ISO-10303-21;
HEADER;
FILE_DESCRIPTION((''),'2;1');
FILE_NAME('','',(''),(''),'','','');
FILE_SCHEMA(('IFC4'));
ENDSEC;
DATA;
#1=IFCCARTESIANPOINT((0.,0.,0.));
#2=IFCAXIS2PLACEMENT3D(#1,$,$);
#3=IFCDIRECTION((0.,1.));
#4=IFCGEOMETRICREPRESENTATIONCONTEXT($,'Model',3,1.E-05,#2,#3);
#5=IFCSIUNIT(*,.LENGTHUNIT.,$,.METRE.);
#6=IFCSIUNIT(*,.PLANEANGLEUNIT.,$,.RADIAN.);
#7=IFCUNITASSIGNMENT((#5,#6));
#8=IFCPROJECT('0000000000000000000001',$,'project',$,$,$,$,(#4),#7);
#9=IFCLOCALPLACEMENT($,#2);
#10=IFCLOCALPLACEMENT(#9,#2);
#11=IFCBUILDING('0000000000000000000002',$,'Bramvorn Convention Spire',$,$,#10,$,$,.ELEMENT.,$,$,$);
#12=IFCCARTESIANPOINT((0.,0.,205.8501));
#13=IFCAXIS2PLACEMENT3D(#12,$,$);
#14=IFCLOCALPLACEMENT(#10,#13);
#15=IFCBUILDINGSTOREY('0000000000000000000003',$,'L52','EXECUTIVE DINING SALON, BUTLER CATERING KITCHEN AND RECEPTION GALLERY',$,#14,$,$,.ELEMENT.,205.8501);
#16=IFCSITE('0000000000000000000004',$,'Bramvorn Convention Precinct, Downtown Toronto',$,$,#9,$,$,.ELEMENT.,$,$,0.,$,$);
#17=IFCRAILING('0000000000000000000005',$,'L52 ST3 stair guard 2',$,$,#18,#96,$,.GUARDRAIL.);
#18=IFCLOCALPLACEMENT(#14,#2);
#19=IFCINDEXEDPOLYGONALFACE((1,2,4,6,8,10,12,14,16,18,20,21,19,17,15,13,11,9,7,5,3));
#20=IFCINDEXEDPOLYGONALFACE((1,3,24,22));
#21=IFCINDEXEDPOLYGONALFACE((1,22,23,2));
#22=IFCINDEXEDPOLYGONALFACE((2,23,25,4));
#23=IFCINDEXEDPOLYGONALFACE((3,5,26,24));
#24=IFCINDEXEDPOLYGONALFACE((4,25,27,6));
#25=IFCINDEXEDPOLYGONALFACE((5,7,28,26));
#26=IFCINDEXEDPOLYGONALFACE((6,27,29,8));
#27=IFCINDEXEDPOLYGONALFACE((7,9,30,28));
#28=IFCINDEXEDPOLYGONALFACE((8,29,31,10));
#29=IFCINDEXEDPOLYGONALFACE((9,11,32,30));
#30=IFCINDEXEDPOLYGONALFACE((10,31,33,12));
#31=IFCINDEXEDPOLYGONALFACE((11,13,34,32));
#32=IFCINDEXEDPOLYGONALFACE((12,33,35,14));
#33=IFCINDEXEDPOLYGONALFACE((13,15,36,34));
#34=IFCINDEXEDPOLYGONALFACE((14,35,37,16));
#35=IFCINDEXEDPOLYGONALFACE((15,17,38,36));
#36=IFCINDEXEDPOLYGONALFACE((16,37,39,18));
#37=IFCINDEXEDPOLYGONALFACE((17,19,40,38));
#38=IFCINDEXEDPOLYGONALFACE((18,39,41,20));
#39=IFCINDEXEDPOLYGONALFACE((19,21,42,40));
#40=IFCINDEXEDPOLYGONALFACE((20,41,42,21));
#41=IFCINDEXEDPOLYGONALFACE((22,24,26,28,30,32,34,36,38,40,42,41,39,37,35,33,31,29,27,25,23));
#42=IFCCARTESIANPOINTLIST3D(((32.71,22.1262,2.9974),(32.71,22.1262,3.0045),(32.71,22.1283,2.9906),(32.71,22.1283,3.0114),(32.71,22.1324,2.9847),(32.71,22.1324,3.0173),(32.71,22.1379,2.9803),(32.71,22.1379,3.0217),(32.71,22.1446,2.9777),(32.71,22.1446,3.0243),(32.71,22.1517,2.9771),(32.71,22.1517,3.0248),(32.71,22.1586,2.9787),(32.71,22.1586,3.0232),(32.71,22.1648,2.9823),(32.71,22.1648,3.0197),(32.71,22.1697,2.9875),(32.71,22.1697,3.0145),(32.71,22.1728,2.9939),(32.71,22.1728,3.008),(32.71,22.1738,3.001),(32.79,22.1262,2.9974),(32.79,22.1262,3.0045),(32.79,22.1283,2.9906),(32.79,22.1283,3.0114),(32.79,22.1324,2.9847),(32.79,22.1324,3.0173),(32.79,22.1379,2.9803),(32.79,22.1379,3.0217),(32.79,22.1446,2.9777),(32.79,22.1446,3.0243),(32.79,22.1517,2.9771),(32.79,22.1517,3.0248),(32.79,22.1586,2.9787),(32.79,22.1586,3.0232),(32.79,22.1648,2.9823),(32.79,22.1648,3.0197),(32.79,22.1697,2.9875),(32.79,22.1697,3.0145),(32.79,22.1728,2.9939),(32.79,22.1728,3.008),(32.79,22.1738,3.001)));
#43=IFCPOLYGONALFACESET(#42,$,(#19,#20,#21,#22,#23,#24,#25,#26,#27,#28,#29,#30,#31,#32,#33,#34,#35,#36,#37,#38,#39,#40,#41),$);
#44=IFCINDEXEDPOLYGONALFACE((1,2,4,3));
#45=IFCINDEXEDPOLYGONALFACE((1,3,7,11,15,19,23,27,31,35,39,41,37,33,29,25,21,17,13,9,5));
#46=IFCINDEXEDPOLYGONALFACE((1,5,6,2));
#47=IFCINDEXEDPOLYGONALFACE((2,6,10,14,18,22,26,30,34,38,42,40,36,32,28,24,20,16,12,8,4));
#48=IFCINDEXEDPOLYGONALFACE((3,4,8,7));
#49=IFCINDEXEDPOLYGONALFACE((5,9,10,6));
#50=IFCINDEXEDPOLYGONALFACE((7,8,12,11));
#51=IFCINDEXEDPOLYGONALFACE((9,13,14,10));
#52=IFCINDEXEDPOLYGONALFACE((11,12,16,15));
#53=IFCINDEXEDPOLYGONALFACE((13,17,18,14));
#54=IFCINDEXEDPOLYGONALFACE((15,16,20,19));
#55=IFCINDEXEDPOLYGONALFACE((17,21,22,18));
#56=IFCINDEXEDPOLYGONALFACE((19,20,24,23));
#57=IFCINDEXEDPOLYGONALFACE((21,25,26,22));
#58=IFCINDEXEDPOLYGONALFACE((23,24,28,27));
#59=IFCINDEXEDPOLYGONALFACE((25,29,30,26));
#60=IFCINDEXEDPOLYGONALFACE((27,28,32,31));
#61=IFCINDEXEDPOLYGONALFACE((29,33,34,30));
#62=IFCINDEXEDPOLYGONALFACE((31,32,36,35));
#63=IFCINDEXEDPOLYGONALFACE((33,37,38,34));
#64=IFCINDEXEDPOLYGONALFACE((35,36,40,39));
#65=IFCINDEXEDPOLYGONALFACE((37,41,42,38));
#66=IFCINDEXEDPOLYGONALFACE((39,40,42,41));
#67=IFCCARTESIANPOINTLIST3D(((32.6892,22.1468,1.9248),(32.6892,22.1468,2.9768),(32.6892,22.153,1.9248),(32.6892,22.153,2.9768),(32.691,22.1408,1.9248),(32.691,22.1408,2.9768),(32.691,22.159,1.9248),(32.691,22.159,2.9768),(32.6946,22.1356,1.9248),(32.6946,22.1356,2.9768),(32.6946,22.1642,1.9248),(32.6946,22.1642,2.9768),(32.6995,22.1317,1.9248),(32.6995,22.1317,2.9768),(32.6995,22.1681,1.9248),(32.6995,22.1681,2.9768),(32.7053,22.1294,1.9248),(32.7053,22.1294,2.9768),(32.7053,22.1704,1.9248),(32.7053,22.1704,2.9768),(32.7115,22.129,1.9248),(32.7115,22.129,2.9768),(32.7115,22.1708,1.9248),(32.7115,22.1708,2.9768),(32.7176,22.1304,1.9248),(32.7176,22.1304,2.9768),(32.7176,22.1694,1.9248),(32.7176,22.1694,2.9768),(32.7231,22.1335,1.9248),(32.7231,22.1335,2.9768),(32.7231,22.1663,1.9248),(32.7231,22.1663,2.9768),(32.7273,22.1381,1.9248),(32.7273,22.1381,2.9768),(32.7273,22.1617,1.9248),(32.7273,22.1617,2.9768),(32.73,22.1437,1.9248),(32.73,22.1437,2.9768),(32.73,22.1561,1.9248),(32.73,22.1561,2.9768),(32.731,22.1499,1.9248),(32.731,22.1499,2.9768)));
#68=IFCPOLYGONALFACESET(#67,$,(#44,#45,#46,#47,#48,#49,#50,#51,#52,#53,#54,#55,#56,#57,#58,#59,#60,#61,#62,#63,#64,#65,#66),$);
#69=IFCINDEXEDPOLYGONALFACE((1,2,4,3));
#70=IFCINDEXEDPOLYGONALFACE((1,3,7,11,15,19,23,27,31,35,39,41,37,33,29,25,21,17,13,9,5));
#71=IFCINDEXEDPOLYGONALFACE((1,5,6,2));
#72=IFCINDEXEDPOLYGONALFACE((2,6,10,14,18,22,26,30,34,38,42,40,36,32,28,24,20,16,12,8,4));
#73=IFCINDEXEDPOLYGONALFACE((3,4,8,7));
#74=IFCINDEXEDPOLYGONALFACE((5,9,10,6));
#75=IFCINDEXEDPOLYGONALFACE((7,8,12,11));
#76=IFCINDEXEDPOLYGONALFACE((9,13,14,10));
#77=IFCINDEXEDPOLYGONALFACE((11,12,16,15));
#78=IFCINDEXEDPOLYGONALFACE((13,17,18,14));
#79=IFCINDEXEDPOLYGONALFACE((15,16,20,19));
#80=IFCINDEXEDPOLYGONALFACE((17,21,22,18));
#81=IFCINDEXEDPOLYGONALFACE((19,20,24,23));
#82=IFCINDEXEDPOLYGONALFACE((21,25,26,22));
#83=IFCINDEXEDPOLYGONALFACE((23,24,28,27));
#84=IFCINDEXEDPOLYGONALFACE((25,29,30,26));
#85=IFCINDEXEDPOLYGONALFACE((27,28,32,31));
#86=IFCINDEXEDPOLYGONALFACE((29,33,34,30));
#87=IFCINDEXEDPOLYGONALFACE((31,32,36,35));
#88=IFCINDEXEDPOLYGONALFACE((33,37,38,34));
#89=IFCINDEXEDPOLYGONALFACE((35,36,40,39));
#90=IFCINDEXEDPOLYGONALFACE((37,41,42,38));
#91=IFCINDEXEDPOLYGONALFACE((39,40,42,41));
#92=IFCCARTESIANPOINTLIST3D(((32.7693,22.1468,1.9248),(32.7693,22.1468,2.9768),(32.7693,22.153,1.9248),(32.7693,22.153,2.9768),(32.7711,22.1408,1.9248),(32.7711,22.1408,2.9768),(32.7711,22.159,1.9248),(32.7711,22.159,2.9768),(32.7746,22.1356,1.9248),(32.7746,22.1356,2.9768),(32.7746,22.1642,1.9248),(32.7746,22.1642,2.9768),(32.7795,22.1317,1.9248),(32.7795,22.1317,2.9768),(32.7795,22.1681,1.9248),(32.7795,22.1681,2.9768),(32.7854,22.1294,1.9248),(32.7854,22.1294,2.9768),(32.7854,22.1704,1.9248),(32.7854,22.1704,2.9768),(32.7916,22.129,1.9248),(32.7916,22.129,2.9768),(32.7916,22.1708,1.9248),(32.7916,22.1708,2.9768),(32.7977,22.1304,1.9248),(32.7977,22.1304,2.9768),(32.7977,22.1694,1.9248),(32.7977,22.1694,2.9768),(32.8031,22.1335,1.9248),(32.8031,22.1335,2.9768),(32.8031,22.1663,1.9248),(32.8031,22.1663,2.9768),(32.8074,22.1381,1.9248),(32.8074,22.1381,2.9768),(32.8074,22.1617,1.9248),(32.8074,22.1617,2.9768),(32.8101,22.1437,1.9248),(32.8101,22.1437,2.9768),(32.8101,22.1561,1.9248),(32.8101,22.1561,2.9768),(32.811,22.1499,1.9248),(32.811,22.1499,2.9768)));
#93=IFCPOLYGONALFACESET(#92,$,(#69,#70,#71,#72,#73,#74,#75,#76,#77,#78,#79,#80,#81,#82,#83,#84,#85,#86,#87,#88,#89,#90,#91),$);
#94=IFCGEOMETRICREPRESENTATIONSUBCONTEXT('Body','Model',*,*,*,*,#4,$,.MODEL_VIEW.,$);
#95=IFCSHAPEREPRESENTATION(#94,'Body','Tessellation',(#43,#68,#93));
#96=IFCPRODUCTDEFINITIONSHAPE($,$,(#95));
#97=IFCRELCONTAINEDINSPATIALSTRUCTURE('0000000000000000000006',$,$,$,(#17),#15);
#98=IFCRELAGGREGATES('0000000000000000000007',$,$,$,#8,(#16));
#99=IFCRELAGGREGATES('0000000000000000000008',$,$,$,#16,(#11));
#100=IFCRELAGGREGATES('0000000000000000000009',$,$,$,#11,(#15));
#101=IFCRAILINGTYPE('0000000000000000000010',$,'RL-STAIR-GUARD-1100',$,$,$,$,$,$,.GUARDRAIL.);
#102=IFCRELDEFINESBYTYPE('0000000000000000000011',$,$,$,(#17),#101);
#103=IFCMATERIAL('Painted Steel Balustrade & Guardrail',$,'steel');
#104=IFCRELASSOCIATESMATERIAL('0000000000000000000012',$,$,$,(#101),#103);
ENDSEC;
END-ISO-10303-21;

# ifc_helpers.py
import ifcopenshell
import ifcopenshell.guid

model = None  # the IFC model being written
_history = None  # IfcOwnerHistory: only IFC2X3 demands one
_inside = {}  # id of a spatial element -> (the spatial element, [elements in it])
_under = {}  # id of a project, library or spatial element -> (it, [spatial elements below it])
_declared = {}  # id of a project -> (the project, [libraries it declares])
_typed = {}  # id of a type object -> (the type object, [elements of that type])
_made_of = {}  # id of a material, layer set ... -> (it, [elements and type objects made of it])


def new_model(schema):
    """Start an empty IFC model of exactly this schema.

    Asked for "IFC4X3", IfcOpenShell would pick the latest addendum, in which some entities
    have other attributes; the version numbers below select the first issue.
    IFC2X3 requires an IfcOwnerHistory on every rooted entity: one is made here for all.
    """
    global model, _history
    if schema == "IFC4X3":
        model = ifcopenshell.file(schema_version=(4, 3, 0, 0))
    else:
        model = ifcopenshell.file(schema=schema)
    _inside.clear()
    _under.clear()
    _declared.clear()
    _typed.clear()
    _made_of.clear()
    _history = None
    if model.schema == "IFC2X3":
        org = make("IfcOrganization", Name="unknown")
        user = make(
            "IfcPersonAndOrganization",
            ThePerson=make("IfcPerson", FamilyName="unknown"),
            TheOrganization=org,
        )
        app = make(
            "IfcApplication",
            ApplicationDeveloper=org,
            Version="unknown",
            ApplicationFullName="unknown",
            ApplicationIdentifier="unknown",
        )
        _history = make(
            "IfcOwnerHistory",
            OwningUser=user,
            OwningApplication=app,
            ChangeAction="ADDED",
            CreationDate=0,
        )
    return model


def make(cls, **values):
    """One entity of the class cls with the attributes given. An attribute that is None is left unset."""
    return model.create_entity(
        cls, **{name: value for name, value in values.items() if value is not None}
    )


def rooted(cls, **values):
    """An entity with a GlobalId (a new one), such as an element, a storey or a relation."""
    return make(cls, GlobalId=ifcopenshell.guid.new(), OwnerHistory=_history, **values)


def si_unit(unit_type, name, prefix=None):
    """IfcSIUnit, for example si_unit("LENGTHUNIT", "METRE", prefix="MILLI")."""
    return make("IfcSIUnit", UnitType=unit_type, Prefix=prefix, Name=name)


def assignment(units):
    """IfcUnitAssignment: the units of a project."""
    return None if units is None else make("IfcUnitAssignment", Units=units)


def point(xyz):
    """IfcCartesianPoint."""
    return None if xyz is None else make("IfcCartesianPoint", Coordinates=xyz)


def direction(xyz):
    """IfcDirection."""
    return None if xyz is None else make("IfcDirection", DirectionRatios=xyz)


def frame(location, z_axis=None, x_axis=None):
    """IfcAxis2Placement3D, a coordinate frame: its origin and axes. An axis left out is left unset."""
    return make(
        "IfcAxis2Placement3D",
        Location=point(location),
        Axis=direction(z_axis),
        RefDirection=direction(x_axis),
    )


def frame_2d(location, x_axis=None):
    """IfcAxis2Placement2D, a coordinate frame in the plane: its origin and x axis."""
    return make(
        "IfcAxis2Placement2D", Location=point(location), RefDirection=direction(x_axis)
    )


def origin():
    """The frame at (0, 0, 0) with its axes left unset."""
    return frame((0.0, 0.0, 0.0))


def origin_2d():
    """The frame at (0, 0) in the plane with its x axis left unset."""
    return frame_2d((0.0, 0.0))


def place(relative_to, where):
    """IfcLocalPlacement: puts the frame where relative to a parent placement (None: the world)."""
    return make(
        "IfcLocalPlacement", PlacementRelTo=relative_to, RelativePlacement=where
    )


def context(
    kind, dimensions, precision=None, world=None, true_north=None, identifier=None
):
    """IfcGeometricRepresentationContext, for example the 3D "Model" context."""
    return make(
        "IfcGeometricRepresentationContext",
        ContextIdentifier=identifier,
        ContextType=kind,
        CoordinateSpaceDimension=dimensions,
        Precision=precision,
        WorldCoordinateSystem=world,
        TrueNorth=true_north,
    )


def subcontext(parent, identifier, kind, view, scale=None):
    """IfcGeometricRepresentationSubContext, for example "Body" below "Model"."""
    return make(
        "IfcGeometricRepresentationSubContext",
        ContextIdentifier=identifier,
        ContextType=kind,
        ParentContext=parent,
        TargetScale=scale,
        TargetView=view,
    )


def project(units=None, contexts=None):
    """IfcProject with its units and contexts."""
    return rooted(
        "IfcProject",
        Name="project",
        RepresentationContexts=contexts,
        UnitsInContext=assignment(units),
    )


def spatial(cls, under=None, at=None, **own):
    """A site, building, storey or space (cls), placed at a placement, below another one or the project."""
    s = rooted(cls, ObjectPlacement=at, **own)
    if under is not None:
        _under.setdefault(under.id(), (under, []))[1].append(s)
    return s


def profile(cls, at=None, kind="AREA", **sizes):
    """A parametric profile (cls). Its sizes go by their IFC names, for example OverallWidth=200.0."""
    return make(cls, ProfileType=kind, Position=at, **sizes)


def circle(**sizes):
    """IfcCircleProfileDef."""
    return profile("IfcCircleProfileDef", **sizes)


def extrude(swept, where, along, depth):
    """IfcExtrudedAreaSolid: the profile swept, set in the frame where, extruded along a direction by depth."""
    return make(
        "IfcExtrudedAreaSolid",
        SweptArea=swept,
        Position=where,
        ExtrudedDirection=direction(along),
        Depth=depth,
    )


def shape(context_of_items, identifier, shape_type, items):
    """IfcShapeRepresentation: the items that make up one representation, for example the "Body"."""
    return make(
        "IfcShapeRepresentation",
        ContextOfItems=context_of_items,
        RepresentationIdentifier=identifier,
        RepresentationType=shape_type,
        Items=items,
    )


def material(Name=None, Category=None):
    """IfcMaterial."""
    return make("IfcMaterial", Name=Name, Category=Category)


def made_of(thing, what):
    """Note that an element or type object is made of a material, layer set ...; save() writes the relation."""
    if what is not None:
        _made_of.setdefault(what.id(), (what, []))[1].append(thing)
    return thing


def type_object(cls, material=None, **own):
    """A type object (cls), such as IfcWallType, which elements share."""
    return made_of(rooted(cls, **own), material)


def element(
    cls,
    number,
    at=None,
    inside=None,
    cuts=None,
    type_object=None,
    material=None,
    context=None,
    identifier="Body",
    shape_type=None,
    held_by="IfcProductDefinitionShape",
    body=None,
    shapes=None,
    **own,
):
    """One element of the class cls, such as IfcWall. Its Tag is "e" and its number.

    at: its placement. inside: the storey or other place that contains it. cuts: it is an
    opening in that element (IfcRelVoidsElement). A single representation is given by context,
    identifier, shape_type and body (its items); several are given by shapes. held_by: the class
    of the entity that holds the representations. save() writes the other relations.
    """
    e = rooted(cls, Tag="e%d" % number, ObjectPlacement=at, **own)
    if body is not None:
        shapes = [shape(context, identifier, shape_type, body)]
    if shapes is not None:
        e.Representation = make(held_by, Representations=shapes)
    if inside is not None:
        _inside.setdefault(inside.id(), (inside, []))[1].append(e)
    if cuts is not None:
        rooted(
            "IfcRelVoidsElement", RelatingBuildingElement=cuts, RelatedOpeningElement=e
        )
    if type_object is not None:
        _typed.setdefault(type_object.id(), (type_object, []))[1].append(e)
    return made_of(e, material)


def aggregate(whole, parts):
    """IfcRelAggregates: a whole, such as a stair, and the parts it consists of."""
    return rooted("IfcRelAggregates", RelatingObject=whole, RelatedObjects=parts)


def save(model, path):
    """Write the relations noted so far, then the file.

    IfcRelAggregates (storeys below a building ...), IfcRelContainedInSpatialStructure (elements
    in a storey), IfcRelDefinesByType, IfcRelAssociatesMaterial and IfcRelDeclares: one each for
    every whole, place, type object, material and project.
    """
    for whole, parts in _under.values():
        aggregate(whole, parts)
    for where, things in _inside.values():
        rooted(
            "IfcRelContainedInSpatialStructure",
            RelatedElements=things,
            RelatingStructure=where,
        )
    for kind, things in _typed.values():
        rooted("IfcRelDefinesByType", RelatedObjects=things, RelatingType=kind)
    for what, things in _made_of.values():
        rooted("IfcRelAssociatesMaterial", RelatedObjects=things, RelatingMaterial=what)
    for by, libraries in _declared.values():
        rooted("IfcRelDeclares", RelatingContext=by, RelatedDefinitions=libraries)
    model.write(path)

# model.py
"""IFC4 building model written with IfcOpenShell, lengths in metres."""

from ifc_helpers import new_model, si_unit, direction, frame, origin, origin_2d, place, context, subcontext, project, spatial, circle, extrude, material, type_object, element, save


model = new_model("IFC4")

# Units and contexts
model_context = context("Model", 3, precision=1e-05, world=origin(), true_north=direction((0.0, 1.0)))
body_context = subcontext(model_context, "Body", "Model", "MODEL_VIEW")
ifc_project = project(units=[si_unit("LENGTHUNIT", "METRE"), si_unit("PLANEANGLEUNIT", "RADIAN")], contexts=[model_context])

# Site, building, storey
site_placement = place(None, origin())
site = spatial("IfcSite", under=ifc_project, at=site_placement, Name="Bramvorn Convention Precinct, Downtown Toronto", CompositionType="ELEMENT", RefElevation=0.0)
building_placement = place(site_placement, origin())
building = spatial("IfcBuilding", under=site, at=building_placement, Name="Bramvorn Convention Spire", CompositionType="ELEMENT")
storey_placement = place(building_placement, frame((0.0, 0.0, 205.8501)))
storey = spatial("IfcBuildingStorey", under=building, at=storey_placement, Name="L52", Description="EXECUTIVE DINING SALON, BUTLER CATERING KITCHEN AND RECEPTION GALLERY", CompositionType="ELEMENT", Elevation=205.8501)

# Railing
ifc_material_1 = material(Name="Painted Steel Balustrade & Guardrail", Category="steel")
railing_type_1 = type_object("IfcRailingType", Name="RL-STAIR-GUARD-1100", PredefinedType="GUARDRAIL", material=ifc_material_1)
railing_1_placement = place(storey_placement, frame((32.71, 22.1499, 1.9248)))
element("IfcRailing", 1, at=railing_1_placement, inside=storey, type_object=railing_type_1, Name="L52 ST3 stair guard 2", PredefinedType="GUARDRAIL", context=body_context, shape_type="SweptSolid", body=[
    extrude(circle(Radius=0.0239, at=origin_2d()), frame((0.0, 0.0, 1.0762), z_axis=(1.0, 0.0, 0.0), x_axis=(0.0, 1.0, 0.0)), (0.0, 0.0, 1.0), 0.0801),
    extrude(circle(Radius=0.021, at=origin_2d()), origin(), (0.0, 0.0, 1.0), 1.052),
    extrude(circle(Radius=0.021, at=origin_2d()), frame((0.0801, 0.0, 0.0)), (0.0, 0.0, 1.0), 1.052),
])

save(model, "model.ifc")
